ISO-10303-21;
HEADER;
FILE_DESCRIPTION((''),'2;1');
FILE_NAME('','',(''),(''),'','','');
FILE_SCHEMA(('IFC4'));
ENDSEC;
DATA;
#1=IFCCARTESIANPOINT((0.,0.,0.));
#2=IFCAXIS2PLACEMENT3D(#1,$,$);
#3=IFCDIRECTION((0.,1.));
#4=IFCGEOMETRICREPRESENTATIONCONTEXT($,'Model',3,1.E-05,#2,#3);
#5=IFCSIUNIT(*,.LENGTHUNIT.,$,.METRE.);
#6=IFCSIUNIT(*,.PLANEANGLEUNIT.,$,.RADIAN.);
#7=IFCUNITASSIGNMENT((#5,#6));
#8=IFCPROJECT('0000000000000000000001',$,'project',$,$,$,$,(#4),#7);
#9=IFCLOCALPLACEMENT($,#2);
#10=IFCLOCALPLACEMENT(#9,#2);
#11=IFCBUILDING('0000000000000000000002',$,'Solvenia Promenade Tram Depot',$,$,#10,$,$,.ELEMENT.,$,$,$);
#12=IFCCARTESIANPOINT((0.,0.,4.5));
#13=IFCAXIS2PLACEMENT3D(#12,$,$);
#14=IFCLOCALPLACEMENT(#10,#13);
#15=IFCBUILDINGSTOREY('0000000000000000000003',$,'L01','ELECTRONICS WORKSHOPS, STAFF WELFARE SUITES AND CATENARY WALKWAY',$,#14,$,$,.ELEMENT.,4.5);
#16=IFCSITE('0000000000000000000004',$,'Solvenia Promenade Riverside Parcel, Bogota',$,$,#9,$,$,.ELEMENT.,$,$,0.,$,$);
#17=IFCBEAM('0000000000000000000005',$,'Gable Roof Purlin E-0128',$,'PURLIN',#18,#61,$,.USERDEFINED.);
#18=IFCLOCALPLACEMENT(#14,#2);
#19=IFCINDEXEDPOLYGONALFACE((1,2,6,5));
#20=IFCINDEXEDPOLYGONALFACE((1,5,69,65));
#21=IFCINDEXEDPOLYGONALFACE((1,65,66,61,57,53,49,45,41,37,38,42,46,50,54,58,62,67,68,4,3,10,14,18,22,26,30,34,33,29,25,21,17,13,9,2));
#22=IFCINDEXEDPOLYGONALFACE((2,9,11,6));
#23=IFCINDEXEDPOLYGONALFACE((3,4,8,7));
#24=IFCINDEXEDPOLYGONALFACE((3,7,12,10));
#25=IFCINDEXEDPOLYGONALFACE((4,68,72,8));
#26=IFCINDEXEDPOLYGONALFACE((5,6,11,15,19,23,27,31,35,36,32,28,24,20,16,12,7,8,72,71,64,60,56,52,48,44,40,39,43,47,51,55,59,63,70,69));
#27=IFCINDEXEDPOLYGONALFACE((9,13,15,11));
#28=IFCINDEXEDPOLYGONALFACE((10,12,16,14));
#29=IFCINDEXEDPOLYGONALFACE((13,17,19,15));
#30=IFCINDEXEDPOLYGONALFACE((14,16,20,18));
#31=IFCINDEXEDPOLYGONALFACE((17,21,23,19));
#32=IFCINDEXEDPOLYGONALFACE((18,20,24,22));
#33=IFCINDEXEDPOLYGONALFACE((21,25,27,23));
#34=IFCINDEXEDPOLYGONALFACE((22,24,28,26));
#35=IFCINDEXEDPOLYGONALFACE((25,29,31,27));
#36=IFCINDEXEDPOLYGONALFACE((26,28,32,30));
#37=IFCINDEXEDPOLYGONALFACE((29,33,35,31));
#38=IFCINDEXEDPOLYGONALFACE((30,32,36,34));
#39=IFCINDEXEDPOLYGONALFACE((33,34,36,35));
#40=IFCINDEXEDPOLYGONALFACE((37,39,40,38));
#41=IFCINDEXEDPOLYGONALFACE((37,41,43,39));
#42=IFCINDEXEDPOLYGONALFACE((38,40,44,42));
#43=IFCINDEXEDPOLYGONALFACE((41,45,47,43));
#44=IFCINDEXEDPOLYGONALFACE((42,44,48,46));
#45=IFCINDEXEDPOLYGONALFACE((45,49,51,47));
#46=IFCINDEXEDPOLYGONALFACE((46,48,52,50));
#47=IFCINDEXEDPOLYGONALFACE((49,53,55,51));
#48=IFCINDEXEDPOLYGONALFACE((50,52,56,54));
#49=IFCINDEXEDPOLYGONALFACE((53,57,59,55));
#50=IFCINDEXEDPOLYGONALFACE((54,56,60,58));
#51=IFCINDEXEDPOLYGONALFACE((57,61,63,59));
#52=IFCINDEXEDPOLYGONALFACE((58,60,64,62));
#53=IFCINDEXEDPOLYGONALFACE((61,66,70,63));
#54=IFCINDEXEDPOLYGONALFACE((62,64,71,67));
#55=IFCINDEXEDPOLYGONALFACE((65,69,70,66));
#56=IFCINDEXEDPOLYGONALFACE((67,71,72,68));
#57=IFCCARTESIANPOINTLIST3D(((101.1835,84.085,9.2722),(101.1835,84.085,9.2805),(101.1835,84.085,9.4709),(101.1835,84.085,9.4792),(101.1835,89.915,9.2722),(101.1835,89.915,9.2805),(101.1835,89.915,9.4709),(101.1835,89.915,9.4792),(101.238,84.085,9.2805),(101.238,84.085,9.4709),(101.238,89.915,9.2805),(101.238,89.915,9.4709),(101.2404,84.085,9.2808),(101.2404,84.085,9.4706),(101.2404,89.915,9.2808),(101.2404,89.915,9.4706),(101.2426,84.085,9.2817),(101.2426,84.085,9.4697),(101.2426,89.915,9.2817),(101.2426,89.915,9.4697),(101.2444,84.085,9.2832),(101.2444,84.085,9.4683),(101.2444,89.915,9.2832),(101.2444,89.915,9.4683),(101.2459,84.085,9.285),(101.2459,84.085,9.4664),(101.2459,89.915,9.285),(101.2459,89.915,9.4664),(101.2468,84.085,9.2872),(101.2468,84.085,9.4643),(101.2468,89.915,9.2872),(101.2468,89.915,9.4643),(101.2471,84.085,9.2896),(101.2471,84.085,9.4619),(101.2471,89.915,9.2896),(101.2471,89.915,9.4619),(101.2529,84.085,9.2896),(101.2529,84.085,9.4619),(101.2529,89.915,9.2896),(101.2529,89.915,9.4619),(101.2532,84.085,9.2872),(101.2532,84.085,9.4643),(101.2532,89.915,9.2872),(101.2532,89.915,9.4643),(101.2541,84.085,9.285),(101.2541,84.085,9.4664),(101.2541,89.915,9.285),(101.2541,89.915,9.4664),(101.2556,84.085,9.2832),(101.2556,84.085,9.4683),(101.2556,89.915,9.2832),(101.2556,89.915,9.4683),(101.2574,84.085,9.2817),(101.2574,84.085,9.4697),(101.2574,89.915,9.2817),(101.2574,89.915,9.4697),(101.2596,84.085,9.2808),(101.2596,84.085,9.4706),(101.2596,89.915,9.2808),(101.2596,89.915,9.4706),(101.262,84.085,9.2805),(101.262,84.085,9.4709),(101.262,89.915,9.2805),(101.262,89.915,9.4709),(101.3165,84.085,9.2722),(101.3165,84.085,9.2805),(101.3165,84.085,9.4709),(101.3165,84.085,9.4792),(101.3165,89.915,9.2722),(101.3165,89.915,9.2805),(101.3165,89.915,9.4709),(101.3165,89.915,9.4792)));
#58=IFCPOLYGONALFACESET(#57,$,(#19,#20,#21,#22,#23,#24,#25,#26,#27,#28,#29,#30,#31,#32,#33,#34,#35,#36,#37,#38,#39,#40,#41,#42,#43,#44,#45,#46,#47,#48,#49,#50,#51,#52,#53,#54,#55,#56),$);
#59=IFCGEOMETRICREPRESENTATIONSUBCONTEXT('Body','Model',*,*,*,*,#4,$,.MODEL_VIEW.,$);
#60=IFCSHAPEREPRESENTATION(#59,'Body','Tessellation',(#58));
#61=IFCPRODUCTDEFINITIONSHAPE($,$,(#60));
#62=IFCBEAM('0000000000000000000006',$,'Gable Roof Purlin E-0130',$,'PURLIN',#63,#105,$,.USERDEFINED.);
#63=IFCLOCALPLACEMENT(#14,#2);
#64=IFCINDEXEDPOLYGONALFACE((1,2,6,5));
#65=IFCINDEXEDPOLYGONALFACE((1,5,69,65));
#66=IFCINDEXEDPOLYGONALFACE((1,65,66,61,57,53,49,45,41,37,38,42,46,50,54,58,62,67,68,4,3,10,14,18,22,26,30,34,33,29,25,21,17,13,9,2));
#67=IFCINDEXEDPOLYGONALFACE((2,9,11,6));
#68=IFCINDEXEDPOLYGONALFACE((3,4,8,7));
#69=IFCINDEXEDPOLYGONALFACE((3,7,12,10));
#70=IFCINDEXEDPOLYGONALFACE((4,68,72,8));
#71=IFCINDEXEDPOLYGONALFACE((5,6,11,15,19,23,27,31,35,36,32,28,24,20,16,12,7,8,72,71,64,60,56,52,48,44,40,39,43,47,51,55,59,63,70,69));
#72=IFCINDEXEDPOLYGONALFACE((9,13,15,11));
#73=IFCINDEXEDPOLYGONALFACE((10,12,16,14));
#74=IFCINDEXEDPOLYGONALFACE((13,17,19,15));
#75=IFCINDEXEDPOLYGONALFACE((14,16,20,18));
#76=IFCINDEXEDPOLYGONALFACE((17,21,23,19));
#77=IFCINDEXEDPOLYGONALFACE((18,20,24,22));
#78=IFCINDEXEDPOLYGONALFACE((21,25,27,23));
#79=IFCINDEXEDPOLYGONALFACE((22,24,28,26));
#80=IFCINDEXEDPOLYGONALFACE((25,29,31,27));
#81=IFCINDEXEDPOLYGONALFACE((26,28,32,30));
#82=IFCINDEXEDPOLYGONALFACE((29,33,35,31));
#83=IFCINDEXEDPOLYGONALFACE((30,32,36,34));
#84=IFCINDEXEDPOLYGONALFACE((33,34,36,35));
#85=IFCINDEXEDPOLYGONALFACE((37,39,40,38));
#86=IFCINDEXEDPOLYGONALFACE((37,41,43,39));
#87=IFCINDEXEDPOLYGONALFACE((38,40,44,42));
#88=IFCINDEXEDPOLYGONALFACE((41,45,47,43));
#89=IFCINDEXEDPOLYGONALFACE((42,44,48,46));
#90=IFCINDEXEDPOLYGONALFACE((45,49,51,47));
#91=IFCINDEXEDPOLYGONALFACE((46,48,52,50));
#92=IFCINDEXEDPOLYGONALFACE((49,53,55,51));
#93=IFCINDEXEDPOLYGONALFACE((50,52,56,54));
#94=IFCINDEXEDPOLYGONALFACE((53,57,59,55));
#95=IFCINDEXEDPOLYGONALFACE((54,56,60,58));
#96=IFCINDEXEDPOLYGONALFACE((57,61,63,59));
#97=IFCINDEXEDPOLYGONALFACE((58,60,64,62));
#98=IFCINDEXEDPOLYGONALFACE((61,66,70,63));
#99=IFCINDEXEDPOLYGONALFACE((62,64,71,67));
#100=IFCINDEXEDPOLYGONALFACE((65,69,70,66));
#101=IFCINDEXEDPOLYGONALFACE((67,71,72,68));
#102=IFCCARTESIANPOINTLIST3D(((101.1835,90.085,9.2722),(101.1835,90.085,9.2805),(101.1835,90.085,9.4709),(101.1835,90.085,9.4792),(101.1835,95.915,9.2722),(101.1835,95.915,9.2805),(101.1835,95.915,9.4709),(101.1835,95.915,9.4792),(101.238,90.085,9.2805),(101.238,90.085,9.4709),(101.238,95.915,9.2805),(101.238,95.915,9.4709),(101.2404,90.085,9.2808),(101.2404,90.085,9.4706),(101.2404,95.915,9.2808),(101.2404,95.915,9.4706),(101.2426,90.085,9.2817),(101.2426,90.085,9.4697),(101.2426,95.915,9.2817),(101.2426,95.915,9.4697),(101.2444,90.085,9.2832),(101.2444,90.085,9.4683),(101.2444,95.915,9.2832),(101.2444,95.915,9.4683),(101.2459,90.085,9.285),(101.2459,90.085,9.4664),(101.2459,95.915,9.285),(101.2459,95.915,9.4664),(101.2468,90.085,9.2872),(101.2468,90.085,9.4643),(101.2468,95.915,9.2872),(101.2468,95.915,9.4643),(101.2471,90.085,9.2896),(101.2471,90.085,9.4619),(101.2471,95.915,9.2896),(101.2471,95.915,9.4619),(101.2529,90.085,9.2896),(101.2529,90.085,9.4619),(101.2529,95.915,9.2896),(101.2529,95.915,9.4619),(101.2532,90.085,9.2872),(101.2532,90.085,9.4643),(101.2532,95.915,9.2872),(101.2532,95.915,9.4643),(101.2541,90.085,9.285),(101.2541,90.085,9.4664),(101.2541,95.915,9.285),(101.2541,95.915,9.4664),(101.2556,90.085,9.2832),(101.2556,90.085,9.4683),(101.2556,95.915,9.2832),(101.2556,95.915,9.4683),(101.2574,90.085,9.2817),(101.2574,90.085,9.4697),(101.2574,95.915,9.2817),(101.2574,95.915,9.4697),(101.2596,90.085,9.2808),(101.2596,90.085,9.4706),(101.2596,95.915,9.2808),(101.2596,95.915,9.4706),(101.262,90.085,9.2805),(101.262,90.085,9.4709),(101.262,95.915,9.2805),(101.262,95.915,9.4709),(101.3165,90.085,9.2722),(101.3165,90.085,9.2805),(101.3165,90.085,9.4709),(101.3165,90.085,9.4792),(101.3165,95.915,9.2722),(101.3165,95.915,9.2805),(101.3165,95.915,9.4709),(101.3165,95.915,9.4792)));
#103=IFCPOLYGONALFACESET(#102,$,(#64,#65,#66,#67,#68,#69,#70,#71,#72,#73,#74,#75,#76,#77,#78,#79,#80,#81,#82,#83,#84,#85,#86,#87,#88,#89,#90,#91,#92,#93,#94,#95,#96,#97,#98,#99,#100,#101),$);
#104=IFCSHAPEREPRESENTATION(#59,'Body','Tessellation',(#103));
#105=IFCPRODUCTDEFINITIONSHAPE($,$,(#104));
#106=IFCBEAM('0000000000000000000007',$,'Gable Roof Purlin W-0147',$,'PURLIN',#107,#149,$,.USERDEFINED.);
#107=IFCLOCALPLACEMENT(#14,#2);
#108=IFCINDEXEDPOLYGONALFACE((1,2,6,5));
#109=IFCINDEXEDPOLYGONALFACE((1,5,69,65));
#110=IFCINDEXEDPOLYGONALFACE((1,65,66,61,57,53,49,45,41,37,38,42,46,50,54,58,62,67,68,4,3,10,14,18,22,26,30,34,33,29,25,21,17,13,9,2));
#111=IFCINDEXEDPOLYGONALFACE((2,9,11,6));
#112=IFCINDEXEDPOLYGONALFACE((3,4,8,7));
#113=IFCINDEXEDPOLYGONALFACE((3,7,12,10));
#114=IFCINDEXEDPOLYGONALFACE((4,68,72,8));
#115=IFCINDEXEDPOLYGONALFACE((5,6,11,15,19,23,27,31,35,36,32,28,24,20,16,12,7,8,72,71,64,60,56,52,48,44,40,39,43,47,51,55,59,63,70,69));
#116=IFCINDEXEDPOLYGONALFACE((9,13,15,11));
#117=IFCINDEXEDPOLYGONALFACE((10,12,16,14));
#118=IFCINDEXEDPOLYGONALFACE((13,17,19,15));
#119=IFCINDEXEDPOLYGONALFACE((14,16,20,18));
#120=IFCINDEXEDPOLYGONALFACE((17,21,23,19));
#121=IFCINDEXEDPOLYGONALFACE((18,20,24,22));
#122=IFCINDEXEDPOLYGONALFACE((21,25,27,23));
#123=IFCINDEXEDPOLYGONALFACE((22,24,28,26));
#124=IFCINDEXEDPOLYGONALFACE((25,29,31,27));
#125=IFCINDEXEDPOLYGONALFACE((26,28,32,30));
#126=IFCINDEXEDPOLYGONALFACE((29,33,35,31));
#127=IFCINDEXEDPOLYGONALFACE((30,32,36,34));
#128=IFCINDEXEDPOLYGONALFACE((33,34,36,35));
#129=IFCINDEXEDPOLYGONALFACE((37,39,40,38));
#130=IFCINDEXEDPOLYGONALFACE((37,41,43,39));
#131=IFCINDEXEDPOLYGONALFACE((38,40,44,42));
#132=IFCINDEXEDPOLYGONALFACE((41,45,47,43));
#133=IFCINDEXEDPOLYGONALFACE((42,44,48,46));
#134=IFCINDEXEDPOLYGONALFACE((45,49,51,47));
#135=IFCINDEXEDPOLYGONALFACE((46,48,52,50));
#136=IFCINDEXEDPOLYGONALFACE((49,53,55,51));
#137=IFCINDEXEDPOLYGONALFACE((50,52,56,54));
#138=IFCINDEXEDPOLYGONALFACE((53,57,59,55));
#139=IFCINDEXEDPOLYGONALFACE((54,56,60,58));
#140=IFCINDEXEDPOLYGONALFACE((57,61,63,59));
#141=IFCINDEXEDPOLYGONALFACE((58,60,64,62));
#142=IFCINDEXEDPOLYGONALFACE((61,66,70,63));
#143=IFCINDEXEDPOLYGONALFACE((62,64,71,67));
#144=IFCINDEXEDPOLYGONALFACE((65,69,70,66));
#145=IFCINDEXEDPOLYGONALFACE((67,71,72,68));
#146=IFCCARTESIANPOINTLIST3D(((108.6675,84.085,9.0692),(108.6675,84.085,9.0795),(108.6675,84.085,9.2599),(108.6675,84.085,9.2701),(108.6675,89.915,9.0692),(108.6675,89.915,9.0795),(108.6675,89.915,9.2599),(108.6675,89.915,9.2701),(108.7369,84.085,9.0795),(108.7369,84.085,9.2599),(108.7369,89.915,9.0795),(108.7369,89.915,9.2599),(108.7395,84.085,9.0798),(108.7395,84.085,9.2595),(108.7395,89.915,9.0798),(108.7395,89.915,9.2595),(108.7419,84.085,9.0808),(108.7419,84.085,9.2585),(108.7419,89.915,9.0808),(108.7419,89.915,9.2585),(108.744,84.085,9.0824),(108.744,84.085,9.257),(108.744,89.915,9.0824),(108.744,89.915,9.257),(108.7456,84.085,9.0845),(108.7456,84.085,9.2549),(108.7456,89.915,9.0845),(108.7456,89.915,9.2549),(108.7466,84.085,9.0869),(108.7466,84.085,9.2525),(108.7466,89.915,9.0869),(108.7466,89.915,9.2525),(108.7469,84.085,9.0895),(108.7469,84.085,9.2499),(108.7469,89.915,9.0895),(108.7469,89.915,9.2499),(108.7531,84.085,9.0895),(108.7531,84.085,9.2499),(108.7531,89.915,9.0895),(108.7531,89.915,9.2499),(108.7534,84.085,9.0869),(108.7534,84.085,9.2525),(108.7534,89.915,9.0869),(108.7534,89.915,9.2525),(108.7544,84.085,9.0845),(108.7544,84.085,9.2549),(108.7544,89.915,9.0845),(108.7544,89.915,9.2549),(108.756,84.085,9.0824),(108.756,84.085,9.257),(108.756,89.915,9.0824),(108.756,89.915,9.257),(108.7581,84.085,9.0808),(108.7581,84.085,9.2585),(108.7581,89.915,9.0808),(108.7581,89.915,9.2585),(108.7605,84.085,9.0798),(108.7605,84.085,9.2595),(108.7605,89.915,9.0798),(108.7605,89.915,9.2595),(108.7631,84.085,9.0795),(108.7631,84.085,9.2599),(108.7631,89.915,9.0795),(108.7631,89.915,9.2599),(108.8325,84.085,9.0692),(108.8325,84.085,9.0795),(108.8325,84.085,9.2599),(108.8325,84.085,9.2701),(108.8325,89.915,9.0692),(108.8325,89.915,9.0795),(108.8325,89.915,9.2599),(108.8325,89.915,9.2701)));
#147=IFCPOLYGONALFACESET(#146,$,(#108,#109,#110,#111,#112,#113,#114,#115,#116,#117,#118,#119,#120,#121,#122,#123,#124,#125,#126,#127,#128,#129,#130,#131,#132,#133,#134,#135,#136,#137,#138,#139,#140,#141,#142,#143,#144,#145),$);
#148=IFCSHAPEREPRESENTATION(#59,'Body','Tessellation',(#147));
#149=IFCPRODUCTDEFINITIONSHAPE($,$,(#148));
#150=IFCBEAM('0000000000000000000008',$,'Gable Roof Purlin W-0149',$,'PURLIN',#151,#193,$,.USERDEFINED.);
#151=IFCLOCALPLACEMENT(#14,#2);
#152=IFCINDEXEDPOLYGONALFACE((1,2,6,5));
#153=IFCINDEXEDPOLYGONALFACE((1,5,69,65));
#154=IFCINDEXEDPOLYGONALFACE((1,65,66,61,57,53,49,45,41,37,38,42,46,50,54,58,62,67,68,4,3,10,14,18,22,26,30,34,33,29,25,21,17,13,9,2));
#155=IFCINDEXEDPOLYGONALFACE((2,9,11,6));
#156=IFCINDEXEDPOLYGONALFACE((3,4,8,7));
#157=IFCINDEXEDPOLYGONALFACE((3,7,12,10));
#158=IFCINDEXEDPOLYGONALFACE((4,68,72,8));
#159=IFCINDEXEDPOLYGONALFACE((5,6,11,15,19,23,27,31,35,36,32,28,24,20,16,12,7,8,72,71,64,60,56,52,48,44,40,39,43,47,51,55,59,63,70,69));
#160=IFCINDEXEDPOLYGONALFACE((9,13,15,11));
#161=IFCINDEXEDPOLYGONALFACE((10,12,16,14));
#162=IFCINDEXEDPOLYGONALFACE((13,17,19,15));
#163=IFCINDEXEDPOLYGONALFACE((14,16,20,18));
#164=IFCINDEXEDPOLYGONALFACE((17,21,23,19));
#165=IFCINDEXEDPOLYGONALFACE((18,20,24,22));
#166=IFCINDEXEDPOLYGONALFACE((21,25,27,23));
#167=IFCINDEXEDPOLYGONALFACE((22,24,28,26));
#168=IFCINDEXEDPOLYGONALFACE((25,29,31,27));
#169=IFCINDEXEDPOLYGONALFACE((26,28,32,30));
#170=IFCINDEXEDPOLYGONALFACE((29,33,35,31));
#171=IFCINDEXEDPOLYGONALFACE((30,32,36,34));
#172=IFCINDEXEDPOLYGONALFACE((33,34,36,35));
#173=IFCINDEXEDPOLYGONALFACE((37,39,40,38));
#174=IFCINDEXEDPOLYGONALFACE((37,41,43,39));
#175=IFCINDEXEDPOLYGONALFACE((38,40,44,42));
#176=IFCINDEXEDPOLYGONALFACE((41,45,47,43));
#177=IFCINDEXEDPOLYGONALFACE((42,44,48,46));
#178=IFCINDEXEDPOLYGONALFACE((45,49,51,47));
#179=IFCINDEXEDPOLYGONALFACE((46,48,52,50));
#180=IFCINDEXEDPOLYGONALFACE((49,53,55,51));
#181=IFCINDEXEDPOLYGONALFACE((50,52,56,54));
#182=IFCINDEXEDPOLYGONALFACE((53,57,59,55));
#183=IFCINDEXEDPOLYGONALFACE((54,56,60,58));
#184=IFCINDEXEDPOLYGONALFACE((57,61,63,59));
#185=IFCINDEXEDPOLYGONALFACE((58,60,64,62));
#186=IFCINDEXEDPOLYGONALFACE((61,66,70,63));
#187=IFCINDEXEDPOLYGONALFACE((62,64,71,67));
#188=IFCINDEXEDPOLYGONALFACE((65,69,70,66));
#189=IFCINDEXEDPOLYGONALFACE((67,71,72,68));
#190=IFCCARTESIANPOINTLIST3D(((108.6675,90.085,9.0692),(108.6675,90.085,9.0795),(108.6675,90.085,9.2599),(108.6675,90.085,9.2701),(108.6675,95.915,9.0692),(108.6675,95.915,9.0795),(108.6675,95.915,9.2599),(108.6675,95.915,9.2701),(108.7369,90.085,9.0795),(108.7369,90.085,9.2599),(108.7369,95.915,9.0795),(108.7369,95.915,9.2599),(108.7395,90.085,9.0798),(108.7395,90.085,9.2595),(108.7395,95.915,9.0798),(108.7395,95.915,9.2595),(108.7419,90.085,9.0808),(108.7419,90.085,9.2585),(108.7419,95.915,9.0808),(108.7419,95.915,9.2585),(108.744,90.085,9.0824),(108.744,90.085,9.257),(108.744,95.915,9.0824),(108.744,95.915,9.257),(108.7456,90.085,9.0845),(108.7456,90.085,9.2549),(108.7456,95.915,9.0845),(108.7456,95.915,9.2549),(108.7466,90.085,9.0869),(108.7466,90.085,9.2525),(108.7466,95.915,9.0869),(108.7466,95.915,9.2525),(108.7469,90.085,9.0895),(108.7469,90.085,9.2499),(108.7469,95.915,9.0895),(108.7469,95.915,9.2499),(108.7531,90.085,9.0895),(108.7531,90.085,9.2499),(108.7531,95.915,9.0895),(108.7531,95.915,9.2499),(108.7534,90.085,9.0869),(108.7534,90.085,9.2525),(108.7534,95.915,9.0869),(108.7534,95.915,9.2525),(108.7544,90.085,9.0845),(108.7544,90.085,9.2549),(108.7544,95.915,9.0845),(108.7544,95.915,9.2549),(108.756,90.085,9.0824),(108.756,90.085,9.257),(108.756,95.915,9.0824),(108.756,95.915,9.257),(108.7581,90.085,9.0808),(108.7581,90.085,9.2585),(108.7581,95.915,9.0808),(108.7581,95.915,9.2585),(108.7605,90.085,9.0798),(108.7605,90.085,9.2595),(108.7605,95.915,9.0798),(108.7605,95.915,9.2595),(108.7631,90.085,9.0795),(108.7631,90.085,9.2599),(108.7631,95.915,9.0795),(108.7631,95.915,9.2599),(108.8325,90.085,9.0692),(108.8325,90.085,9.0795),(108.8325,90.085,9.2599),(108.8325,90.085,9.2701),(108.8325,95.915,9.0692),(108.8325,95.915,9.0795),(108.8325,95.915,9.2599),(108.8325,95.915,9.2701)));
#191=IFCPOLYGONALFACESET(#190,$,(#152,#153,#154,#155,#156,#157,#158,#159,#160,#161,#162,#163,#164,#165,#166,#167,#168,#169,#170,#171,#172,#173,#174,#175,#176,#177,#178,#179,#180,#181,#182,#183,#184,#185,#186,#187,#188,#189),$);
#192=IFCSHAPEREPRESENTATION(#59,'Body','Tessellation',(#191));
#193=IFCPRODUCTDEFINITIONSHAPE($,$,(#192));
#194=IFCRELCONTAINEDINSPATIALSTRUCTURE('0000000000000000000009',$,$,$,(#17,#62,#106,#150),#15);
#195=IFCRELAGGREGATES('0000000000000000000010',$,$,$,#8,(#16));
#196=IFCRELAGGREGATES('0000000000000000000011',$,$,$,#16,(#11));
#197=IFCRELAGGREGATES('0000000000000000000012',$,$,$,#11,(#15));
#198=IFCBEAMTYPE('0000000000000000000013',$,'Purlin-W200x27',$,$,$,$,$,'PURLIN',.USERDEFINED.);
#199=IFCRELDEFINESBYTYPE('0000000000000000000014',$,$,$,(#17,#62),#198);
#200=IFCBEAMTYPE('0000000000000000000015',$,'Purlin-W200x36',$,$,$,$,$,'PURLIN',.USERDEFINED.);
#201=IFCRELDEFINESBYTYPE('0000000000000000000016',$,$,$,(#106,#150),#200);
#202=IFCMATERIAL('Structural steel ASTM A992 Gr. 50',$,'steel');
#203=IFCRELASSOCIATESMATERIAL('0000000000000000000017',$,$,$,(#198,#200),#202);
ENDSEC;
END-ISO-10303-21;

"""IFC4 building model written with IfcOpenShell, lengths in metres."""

from ifc_helpers import new_model, si_unit, direction, frame, origin, origin_2d, place, context, subcontext, project, spatial, i_section, extrude, material, material_profile, profile_set, type_object, element, save


model = new_model("IFC4")

# Units and contexts
model_context = context("Model", 3, precision=1e-05, world=origin(), true_north=direction((0.0, 1.0)))
body_context = subcontext(model_context, "Body", "Model", "MODEL_VIEW")
ifc_project = project(units=[si_unit("LENGTHUNIT", "METRE"), si_unit("PLANEANGLEUNIT", "RADIAN")], contexts=[model_context])

# Site, building, storey
site_placement = place(None, origin())
site = spatial("IfcSite", under=ifc_project, at=site_placement, Name="Solvenia Promenade Riverside Parcel, Bogota", CompositionType="ELEMENT", RefElevation=0.0)
building_placement = place(site_placement, origin())
building = spatial("IfcBuilding", under=site, at=building_placement, Name="Solvenia Promenade Tram Depot", CompositionType="ELEMENT")
storey_placement = place(building_placement, frame((0.0, 0.0, 4.5)))
storey = spatial("IfcBuildingStorey", under=building, at=storey_placement, Name="L01", Description="ELECTRONICS WORKSHOPS, STAFF WELFARE SUITES AND CATENARY WALKWAY", CompositionType="ELEMENT", Elevation=4.5)

# Beams
ifc_material_1 = material(Name="Structural steel ASTM A992 Gr. 50", Category="steel")
ifc_material_profile_1 = material_profile(ifc_material_1, i_section(OverallWidth=0.1331, OverallDepth=0.207, WebThickness=0.0059, FlangeThickness=0.0083, FilletRadius=0.009, at=origin_2d()), Name="W200x27", Category="steel")
ifc_profile_set_1 = profile_set([ifc_material_profile_1], Name="Structural steel ASTM A992 Gr. 50")
beam_type_1 = type_object("IfcBeamType", Name="Purlin-W200x27", ElementType="PURLIN", PredefinedType="USERDEFINED", material=ifc_profile_set_1)
for number, where, z_axis, x_axis, name in (
    (1, (101.25, 84.085, 9.3757), (0.0, 1.0, 0.0), (-1.0, 0.0, 0.0), "Gable Roof Purlin E-0128"),
    (2, (101.25, 90.085, 9.3757), (0.0, 1.0, 0.0), (-1.0, 0.0, 0.0), "Gable Roof Purlin E-0130"),
):
    element("IfcBeam", number, at=place(storey_placement, frame(where, z_axis=z_axis, x_axis=x_axis)), inside=storey, type_object=beam_type_1, Name=name, ObjectType="PURLIN", PredefinedType="USERDEFINED", context=body_context, shape_type="SweptSolid", body=[
        extrude(i_section(OverallWidth=0.1331, OverallDepth=0.207, WebThickness=0.0059, FlangeThickness=0.0083, FilletRadius=0.009, at=origin_2d()), origin(), (0.0, 0.0, 1.0), 5.8301),
    ])
ifc_material_profile_2 = material_profile(ifc_material_1, i_section(OverallWidth=0.165, OverallDepth=0.2009, WebThickness=0.0061, FlangeThickness=0.0103, FilletRadius=0.01, at=origin_2d()), Name="W200x36", Category="steel")
ifc_profile_set_2 = profile_set([ifc_material_profile_2], Name="Structural steel ASTM A992 Gr. 50")
beam_type_2 = type_object("IfcBeamType", Name="Purlin-W200x36", ElementType="PURLIN", PredefinedType="USERDEFINED", material=ifc_profile_set_2)
for number, where, z_axis, x_axis, name in (
    (3, (108.75, 84.085, 9.1697), (0.0, 1.0, 0.0), (-1.0, 0.0, 0.0), "Gable Roof Purlin W-0147"),
    (4, (108.75, 90.085, 9.1697), (0.0, 1.0, 0.0), (-1.0, 0.0, 0.0), "Gable Roof Purlin W-0149"),
):
    element("IfcBeam", number, at=place(storey_placement, frame(where, z_axis=z_axis, x_axis=x_axis)), inside=storey, type_object=beam_type_2, Name=name, ObjectType="PURLIN", PredefinedType="USERDEFINED", context=body_context, shape_type="SweptSolid", body=[
        extrude(i_section(OverallWidth=0.165, OverallDepth=0.2009, WebThickness=0.0061, FlangeThickness=0.0103, FilletRadius=0.01, at=origin_2d()), origin(), (0.0, 0.0, 1.0), 5.8301),
    ])

save(model, "model.ifc")
